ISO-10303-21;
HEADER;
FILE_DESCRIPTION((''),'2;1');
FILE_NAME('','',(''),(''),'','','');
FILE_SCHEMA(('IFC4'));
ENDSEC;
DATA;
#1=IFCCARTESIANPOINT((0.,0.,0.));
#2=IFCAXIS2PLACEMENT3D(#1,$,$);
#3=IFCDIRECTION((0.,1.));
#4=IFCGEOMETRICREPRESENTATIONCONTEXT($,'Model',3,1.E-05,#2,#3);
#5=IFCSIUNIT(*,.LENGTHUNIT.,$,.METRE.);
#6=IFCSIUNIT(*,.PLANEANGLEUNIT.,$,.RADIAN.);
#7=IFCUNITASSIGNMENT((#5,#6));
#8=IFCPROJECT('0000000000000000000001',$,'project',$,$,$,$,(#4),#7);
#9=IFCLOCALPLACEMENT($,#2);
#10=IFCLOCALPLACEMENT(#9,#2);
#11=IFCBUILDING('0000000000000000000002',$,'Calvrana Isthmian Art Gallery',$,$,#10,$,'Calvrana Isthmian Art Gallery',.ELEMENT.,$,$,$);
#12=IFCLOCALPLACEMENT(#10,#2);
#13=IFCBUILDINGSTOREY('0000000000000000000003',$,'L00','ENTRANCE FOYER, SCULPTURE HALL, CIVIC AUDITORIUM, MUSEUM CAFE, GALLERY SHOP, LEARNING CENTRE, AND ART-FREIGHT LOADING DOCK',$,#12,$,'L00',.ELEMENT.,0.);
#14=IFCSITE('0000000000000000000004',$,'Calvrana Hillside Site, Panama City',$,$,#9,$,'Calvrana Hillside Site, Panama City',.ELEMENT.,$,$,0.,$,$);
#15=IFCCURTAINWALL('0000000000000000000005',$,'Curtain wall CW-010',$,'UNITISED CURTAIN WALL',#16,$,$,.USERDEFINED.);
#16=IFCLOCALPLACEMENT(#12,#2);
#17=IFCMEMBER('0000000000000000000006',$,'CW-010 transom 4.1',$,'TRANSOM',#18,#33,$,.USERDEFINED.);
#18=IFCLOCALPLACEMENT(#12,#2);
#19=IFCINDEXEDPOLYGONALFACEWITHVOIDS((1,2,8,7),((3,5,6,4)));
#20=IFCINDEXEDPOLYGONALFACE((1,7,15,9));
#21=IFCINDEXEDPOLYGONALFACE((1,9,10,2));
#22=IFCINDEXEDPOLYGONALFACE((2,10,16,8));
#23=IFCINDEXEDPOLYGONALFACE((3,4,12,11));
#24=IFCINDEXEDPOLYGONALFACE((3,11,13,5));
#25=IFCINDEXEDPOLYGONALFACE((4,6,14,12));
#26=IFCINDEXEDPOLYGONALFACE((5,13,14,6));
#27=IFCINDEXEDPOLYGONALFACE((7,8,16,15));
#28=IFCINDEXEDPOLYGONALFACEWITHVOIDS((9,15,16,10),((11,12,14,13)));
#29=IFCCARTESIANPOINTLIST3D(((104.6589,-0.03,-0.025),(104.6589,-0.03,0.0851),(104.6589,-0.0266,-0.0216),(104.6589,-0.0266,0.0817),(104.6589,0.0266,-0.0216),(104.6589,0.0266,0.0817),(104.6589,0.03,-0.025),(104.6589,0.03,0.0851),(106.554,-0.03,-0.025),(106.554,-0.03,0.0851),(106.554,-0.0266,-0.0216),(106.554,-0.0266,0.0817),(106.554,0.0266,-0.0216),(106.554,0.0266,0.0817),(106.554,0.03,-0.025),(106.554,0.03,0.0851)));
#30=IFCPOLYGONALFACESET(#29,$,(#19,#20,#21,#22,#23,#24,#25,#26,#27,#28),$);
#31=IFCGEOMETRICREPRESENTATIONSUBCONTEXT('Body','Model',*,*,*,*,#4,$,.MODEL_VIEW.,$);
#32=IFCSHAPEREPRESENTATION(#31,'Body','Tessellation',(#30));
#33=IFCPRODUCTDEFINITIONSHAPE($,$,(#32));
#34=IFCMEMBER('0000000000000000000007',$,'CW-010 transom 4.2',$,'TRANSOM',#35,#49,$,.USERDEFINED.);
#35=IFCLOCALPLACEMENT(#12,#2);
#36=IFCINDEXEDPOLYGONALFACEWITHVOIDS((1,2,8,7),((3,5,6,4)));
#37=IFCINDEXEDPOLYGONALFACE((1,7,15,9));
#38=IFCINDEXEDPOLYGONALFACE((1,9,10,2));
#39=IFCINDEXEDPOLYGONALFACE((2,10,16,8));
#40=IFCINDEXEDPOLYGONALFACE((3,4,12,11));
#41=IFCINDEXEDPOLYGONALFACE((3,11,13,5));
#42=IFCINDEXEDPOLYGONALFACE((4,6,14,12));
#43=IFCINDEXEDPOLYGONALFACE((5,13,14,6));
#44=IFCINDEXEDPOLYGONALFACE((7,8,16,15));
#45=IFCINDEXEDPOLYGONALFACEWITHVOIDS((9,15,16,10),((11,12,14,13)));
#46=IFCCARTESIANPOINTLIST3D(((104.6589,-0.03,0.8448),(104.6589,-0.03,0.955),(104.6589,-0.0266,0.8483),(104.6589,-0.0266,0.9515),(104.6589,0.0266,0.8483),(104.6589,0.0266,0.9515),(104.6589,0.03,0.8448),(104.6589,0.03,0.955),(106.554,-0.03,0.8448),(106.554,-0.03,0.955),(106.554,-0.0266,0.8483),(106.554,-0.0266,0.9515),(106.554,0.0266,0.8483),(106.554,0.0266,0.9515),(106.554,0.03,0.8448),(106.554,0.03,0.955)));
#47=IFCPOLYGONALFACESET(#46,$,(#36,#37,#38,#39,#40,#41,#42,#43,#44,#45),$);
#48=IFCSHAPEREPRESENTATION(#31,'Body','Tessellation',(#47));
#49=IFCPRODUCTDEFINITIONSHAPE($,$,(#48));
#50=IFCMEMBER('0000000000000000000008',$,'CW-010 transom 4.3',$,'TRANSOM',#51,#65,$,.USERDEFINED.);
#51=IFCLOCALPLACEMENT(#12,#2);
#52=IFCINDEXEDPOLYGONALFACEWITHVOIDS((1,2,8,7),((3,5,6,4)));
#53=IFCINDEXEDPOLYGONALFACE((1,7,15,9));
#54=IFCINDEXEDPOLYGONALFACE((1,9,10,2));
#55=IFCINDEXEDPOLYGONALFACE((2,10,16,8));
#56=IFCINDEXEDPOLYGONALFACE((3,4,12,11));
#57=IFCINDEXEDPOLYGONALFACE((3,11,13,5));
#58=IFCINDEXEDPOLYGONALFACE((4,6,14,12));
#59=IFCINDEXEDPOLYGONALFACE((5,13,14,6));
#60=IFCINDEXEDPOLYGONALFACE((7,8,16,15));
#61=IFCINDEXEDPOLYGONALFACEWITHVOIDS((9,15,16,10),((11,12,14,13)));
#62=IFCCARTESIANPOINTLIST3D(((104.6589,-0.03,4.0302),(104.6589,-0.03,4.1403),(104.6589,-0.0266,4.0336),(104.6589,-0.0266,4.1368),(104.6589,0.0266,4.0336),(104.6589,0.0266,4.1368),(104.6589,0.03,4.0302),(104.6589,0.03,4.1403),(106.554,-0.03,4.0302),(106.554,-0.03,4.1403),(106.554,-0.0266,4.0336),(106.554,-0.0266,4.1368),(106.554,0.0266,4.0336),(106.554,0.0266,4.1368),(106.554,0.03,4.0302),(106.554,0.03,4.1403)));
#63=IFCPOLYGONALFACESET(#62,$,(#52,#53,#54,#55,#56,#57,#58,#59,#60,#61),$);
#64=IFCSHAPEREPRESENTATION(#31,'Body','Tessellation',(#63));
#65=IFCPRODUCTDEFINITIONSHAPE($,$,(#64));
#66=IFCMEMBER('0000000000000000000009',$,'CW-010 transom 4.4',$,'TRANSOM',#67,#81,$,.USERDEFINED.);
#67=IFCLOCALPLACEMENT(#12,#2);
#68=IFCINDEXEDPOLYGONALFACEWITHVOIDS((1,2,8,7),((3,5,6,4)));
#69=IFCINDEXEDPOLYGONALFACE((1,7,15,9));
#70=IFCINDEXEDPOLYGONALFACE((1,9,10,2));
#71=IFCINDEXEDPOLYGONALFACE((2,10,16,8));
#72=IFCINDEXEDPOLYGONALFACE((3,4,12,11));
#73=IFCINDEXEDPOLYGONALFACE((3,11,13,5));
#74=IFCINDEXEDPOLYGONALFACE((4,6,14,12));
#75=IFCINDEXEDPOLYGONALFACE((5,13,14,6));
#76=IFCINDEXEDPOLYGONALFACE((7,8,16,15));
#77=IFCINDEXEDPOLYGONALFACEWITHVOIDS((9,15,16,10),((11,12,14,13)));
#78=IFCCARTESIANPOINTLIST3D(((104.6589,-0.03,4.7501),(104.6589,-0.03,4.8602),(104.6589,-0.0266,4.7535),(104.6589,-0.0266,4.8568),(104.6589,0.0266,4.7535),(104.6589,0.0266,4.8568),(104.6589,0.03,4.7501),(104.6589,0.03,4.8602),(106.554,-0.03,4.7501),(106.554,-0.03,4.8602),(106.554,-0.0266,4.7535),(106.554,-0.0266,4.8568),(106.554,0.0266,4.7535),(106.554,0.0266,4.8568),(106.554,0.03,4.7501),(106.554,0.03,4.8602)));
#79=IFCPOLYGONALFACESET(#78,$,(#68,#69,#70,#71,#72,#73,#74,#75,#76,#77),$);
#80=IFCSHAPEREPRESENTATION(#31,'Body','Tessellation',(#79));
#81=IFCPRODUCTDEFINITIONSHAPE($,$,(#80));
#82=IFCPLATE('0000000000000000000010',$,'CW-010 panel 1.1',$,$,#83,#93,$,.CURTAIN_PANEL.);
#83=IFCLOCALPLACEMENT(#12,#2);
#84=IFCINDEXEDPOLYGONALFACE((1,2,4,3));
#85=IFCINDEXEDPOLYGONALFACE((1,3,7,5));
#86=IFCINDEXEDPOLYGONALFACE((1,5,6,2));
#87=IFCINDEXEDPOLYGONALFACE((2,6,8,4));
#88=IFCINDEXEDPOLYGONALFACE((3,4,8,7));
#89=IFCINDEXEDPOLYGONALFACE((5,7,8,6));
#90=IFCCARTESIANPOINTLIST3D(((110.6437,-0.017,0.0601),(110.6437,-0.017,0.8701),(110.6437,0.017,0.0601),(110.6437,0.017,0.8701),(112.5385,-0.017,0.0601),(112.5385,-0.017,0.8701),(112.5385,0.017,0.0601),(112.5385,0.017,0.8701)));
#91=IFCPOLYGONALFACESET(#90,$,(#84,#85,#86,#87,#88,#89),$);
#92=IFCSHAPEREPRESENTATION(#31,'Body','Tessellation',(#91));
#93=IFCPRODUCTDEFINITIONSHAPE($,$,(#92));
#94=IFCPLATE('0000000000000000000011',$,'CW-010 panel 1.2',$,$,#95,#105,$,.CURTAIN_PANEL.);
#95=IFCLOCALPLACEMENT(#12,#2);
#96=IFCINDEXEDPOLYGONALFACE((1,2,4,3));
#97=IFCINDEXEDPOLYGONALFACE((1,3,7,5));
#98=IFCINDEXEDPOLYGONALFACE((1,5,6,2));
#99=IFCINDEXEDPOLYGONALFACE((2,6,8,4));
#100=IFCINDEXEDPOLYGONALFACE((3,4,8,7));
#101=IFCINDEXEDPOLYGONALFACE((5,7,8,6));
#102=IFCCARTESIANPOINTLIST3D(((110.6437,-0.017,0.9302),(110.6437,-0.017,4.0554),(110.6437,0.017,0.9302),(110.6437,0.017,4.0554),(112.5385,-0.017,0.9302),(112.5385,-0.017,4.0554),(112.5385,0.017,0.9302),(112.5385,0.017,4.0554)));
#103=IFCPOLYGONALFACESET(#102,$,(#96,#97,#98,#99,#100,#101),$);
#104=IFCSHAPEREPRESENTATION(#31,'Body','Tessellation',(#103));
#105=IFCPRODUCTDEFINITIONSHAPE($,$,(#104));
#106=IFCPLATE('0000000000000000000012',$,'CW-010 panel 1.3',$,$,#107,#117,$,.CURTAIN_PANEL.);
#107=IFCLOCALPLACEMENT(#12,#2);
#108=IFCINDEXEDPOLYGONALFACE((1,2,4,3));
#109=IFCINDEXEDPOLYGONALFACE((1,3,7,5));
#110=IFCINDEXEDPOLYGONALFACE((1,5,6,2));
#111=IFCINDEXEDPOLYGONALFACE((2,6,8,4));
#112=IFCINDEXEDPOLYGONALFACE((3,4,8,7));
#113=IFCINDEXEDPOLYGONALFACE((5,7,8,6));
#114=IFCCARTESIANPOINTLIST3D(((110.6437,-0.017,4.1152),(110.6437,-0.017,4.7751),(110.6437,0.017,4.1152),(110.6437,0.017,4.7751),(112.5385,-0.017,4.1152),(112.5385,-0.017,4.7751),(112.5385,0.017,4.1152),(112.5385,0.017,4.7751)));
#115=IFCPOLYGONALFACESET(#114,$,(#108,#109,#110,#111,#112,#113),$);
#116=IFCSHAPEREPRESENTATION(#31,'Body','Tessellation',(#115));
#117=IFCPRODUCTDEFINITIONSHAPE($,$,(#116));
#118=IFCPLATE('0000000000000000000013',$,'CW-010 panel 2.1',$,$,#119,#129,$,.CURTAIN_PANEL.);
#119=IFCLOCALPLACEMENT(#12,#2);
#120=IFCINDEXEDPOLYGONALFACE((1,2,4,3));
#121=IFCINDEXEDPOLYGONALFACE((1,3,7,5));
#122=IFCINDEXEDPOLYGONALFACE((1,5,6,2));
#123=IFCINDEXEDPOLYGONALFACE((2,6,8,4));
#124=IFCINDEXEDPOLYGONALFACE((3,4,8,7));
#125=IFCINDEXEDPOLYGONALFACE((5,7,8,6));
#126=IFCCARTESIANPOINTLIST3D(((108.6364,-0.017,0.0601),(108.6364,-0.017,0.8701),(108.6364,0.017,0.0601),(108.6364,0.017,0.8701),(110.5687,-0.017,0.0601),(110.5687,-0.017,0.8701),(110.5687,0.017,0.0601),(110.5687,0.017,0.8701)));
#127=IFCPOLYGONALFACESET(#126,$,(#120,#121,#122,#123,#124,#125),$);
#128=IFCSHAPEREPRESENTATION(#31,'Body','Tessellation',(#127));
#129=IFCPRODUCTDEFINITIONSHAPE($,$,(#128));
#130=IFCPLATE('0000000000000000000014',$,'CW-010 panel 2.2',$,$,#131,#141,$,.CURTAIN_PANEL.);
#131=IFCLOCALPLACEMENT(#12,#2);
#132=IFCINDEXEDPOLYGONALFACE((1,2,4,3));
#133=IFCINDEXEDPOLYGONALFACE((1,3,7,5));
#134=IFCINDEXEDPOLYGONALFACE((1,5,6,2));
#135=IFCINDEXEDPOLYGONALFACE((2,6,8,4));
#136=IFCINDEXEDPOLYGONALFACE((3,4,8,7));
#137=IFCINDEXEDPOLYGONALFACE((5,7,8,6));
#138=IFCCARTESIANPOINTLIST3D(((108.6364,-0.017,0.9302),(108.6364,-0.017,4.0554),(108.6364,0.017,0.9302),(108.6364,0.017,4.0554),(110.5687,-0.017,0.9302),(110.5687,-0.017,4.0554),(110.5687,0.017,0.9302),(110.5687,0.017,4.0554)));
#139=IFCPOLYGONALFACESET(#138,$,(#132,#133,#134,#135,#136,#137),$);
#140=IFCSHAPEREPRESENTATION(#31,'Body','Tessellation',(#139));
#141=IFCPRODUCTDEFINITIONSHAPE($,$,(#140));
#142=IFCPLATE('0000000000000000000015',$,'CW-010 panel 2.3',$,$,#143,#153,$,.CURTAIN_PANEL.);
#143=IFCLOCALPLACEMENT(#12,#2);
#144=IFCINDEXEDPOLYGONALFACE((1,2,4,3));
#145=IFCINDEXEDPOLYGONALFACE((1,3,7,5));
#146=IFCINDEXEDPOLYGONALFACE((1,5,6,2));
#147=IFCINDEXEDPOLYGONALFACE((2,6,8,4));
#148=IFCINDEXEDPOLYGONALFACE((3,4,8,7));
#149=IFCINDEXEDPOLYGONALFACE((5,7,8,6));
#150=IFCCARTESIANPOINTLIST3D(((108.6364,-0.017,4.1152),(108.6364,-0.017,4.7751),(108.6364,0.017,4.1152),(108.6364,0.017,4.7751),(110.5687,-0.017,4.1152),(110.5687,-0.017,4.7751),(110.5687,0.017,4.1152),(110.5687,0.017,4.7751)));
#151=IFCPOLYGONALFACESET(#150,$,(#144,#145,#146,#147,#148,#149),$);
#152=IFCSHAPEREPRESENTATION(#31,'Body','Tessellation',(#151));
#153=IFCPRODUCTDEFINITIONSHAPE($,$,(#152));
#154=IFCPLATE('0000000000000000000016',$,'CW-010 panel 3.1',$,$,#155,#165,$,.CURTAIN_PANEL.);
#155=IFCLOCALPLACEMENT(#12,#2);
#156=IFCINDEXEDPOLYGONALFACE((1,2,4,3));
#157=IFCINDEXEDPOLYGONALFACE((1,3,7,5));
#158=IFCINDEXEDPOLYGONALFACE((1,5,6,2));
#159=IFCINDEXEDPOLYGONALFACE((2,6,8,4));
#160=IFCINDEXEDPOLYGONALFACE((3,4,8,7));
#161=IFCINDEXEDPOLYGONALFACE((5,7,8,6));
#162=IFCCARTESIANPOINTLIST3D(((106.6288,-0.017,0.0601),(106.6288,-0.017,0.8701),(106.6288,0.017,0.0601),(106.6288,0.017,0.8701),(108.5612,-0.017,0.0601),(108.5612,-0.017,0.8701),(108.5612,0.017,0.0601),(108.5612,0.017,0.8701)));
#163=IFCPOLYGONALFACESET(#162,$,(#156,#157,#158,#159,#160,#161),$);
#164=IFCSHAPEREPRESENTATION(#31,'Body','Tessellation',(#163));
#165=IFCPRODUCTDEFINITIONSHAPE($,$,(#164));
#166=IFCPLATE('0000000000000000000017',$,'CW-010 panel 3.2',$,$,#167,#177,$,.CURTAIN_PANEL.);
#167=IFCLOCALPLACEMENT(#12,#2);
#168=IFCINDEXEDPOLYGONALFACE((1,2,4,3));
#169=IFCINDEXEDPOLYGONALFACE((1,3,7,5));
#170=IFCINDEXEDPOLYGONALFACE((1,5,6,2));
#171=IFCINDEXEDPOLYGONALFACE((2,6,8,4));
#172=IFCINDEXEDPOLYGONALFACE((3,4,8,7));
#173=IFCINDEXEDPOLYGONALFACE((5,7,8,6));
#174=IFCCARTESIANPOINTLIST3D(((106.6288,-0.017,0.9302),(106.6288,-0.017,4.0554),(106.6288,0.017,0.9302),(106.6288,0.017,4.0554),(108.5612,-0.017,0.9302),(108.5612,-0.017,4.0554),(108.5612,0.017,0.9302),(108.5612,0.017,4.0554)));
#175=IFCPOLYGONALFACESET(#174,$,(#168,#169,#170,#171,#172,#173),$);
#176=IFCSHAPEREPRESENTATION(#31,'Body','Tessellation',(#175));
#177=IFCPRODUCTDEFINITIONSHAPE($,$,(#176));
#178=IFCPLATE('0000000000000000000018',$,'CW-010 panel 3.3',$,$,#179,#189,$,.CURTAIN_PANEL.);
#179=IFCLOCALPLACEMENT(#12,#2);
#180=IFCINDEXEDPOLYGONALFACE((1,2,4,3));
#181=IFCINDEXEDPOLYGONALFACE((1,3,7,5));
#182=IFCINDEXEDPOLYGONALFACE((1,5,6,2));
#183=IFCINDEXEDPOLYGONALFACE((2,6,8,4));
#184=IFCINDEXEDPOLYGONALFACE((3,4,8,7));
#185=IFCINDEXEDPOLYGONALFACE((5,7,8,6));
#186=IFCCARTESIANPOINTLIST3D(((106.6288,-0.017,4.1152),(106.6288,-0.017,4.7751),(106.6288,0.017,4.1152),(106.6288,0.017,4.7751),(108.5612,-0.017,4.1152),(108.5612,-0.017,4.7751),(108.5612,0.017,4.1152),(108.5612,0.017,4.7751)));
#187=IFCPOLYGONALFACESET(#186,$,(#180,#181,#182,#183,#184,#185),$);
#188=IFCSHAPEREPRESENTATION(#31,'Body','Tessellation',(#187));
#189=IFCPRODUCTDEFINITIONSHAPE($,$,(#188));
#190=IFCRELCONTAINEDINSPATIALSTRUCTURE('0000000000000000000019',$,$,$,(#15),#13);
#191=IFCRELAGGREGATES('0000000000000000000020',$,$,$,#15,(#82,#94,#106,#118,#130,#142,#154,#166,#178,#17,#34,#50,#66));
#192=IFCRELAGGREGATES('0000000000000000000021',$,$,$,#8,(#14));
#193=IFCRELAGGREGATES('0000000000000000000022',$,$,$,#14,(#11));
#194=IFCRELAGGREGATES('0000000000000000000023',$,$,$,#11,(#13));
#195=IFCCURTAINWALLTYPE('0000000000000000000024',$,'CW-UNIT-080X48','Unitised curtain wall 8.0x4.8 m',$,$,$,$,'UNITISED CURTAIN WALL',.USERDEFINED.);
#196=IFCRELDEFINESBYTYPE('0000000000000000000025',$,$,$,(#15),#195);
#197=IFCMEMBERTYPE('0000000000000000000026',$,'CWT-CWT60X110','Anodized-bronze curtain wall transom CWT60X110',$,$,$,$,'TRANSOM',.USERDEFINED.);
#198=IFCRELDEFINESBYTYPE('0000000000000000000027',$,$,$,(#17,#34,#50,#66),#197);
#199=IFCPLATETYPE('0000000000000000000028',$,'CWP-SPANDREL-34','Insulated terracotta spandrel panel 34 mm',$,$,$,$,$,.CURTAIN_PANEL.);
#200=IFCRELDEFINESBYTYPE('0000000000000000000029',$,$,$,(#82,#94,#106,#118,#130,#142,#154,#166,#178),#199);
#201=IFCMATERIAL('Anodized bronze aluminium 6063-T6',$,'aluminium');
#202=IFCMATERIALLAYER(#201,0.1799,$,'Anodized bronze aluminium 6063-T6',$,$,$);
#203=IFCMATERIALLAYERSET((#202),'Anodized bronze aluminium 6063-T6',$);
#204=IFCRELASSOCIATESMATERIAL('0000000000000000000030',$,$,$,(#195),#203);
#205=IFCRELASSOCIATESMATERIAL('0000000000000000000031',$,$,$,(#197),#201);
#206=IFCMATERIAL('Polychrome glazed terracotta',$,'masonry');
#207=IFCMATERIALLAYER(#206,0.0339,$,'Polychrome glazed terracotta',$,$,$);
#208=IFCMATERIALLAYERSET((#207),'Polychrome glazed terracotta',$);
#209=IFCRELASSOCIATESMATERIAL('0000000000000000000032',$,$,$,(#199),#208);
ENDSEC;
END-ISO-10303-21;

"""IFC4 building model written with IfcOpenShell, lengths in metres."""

from ifc_helpers import new_model, si_unit, direction, frame, origin, origin_2d, place, context, subcontext, project, spatial, rectangle, hollow_rectangle, extrude, material, layer, layer_set, material_profile, profile_set, type_object, element, aggregate, save


model = new_model("IFC4")

# Units and contexts
model_context = context("Model", 3, precision=1e-05, world=origin(), true_north=direction((0.0, 1.0)))
body_context = subcontext(model_context, "Body", "Model", "MODEL_VIEW")
ifc_project = project(units=[si_unit("LENGTHUNIT", "METRE"), si_unit("PLANEANGLEUNIT", "RADIAN")], contexts=[model_context])

# Site, building, storey
site_placement = place(None, origin())
site = spatial("IfcSite", under=ifc_project, at=site_placement, Name="Calvrana Hillside Site, Panama City", LongName="Calvrana Hillside Site, Panama City", CompositionType="ELEMENT", RefElevation=0.0)
building_placement = place(site_placement, origin())
building = spatial("IfcBuilding", under=site, at=building_placement, Name="Calvrana Isthmian Art Gallery", LongName="Calvrana Isthmian Art Gallery", CompositionType="ELEMENT")
storey_placement = place(building_placement, origin())
storey = spatial("IfcBuildingStorey", under=building, at=storey_placement, Name="L00", Description="ENTRANCE FOYER, SCULPTURE HALL, CIVIC AUDITORIUM, MUSEUM CAFE, GALLERY SHOP, LEARNING CENTRE, AND ART-FREIGHT LOADING DOCK", LongName="L00", CompositionType="ELEMENT", Elevation=0.0)

# Curtain wall, members, plates
ifc_material_1 = material(Name="Anodized bronze aluminium 6063-T6", Category="aluminium")
ifc_layer_1 = layer(ifc_material_1, 0.1799, Name="Anodized bronze aluminium 6063-T6")
ifc_layer_set_1 = layer_set([ifc_layer_1], Name="Anodized bronze aluminium 6063-T6")
curtain_wall_type = type_object("IfcCurtainWallType", Name="CW-UNIT-080X48", Description="Unitised curtain wall 8.0x4.8 m", ElementType="UNITISED CURTAIN WALL", PredefinedType="USERDEFINED", material=ifc_layer_set_1)
curtain_wall_placement = place(storey_placement, origin())
curtain_wall = element("IfcCurtainWall", 1, at=curtain_wall_placement, inside=storey, type_object=curtain_wall_type, Name="Curtain wall CW-010", ObjectType="UNITISED CURTAIN WALL", PredefinedType="USERDEFINED")
ifc_material_profile_1 = material_profile(ifc_material_1, hollow_rectangle(XDim=0.0601, YDim=0.1101, WallThickness=0.0034, at=origin_2d()), Name="CWT60X110")
ifc_profile_set_1 = profile_set([ifc_material_profile_1], Name="Anodized bronze aluminium 6063-T6")
member_type_1 = type_object("IfcMemberType", Name="CWT-CWT60X110", Description="Anodized-bronze curtain wall transom CWT60X110", ElementType="TRANSOM", PredefinedType="USERDEFINED", material=ifc_profile_set_1)
member_1_placement = place(storey_placement, frame((106.554, 0.0, 0.03), z_axis=(-1.0, 0.0, 0.0), x_axis=(0.0, -1.0, 0.0)))
member_1 = element("IfcMember", 2, at=member_1_placement, type_object=member_type_1, Name="CW-010 transom 4.1", ObjectType="TRANSOM", PredefinedType="USERDEFINED", context=body_context, shape_type="SweptSolid", body=[
    extrude(hollow_rectangle(XDim=0.0601, YDim=0.1101, WallThickness=0.0034, at=origin_2d()), origin(), (0.0, 0.0, 1.0), 1.895),
])
member_2_placement = place(storey_placement, frame((106.554, 0.0, 0.8999), z_axis=(-1.0, 0.0, 0.0), x_axis=(0.0, -1.0, 0.0)))
member_2 = element("IfcMember", 3, at=member_2_placement, type_object=member_type_1, Name="CW-010 transom 4.2", ObjectType="TRANSOM", PredefinedType="USERDEFINED", context=body_context, shape_type="SweptSolid", body=[
    extrude(hollow_rectangle(XDim=0.0601, YDim=0.1101, WallThickness=0.0034, at=origin_2d()), origin(), (0.0, 0.0, 1.0), 1.895),
])
member_3_placement = place(storey_placement, frame((106.554, 0.0, 4.0852), z_axis=(-1.0, 0.0, 0.0), x_axis=(0.0, -1.0, 0.0)))
member_3 = element("IfcMember", 4, at=member_3_placement, type_object=member_type_1, Name="CW-010 transom 4.3", ObjectType="TRANSOM", PredefinedType="USERDEFINED", context=body_context, shape_type="SweptSolid", body=[
    extrude(hollow_rectangle(XDim=0.0601, YDim=0.1101, WallThickness=0.0034, at=origin_2d()), origin(), (0.0, 0.0, 1.0), 1.895),
])
member_4_placement = place(storey_placement, frame((106.554, 0.0, 4.8052), z_axis=(-1.0, 0.0, 0.0), x_axis=(0.0, -1.0, 0.0)))
member_4 = element("IfcMember", 5, at=member_4_placement, type_object=member_type_1, Name="CW-010 transom 4.4", ObjectType="TRANSOM", PredefinedType="USERDEFINED", context=body_context, shape_type="SweptSolid", body=[
    extrude(hollow_rectangle(XDim=0.0601, YDim=0.1101, WallThickness=0.0034, at=origin_2d()), origin(), (0.0, 0.0, 1.0), 1.895),
])
ifc_material_2 = material(Name="Polychrome glazed terracotta", Category="masonry")
ifc_layer_2 = layer(ifc_material_2, 0.0339, Name="Polychrome glazed terracotta")
ifc_layer_set_2 = layer_set([ifc_layer_2], Name="Polychrome glazed terracotta")
plate_type = type_object("IfcPlateType", Name="CWP-SPANDREL-34", Description="Insulated terracotta spandrel panel 34 mm", PredefinedType="CURTAIN_PANEL", material=ifc_layer_set_2)
plate_1_placement = place(storey_placement, frame((111.5911, 0.0, 0.0601), z_axis=(0.0, 0.0, 1.0), x_axis=(-1.0, 0.0, 0.0)))
plate_1 = element("IfcPlate", 6, at=plate_1_placement, type_object=plate_type, Name="CW-010 panel 1.1", PredefinedType="CURTAIN_PANEL", context=body_context, shape_type="SweptSolid", body=[
    extrude(rectangle(XDim=1.8948, YDim=0.0339, at=origin_2d()), origin(), (0.0, 0.0, 1.0), 0.8101),
])
plate_2_placement = place(storey_placement, frame((111.5911, 0.0, 0.9302), z_axis=(0.0, 0.0, 1.0), x_axis=(-1.0, 0.0, 0.0)))
plate_2 = element("IfcPlate", 7, at=plate_2_placement, type_object=plate_type, Name="CW-010 panel 1.2", PredefinedType="CURTAIN_PANEL", context=body_context, shape_type="SweptSolid", body=[
    extrude(rectangle(XDim=1.8948, YDim=0.0339, at=origin_2d()), origin(), (0.0, 0.0, 1.0), 3.1252),
])
plate_3_placement = place(storey_placement, frame((111.5911, 0.0, 4.1152), z_axis=(0.0, 0.0, 1.0), x_axis=(-1.0, 0.0, 0.0)))
plate_3 = element("IfcPlate", 8, at=plate_3_placement, type_object=plate_type, Name="CW-010 panel 1.3", PredefinedType="CURTAIN_PANEL", context=body_context, shape_type="SweptSolid", body=[
    extrude(rectangle(XDim=1.8948, YDim=0.0339, at=origin_2d()), origin(), (0.0, 0.0, 1.0), 0.6599),
])
plate_4_placement = place(storey_placement, frame((109.6025, 0.0, 0.0601), z_axis=(0.0, 0.0, 1.0), x_axis=(-1.0, 0.0, 0.0)))
plate_4 = element("IfcPlate", 9, at=plate_4_placement, type_object=plate_type, Name="CW-010 panel 2.1", PredefinedType="CURTAIN_PANEL", context=body_context, shape_type="SweptSolid", body=[
    extrude(rectangle(XDim=1.9324, YDim=0.0339, at=origin_2d()), origin(), (0.0, 0.0, 1.0), 0.8101),
])
plate_5_placement = place(storey_placement, frame((109.6025, 0.0, 0.9302), z_axis=(0.0, 0.0, 1.0), x_axis=(-1.0, 0.0, 0.0)))
plate_5 = element("IfcPlate", 10, at=plate_5_placement, type_object=plate_type, Name="CW-010 panel 2.2", PredefinedType="CURTAIN_PANEL", context=body_context, shape_type="SweptSolid", body=[
    extrude(rectangle(XDim=1.9324, YDim=0.0339, at=origin_2d()), origin(), (0.0, 0.0, 1.0), 3.1252),
])
plate_6_placement = place(storey_placement, frame((109.6025, 0.0, 4.1152), z_axis=(0.0, 0.0, 1.0), x_axis=(-1.0, 0.0, 0.0)))
plate_6 = element("IfcPlate", 11, at=plate_6_placement, type_object=plate_type, Name="CW-010 panel 2.3", PredefinedType="CURTAIN_PANEL", context=body_context, shape_type="SweptSolid", body=[
    extrude(rectangle(XDim=1.9324, YDim=0.0339, at=origin_2d()), origin(), (0.0, 0.0, 1.0), 0.6599),
])
plate_7_placement = place(storey_placement, frame((107.595, 0.0, 0.0601), z_axis=(0.0, 0.0, 1.0), x_axis=(-1.0, 0.0, 0.0)))
plate_7 = element("IfcPlate", 12, at=plate_7_placement, type_object=plate_type, Name="CW-010 panel 3.1", PredefinedType="CURTAIN_PANEL", context=body_context, shape_type="SweptSolid", body=[
    extrude(rectangle(XDim=1.9324, YDim=0.0339, at=origin_2d()), origin(), (0.0, 0.0, 1.0), 0.8101),
])
plate_8_placement = place(storey_placement, frame((107.595, 0.0, 0.9302), z_axis=(0.0, 0.0, 1.0), x_axis=(-1.0, 0.0, 0.0)))
plate_8 = element("IfcPlate", 13, at=plate_8_placement, type_object=plate_type, Name="CW-010 panel 3.2", PredefinedType="CURTAIN_PANEL", context=body_context, shape_type="SweptSolid", body=[
    extrude(rectangle(XDim=1.9324, YDim=0.0339, at=origin_2d()), origin(), (0.0, 0.0, 1.0), 3.1252),
])
plate_9_placement = place(storey_placement, frame((107.595, 0.0, 4.1152), z_axis=(0.0, 0.0, 1.0), x_axis=(-1.0, 0.0, 0.0)))
plate_9 = element("IfcPlate", 14, at=plate_9_placement, type_object=plate_type, Name="CW-010 panel 3.3", PredefinedType="CURTAIN_PANEL", context=body_context, shape_type="SweptSolid", body=[
    extrude(rectangle(XDim=1.9324, YDim=0.0339, at=origin_2d()), origin(), (0.0, 0.0, 1.0), 0.6599),
])
aggregate(curtain_wall, [plate_1, plate_2, plate_3, plate_4, plate_5, plate_6, plate_7, plate_8, plate_9, member_1, member_2, member_3, member_4])

save(model, "model.ifc")
